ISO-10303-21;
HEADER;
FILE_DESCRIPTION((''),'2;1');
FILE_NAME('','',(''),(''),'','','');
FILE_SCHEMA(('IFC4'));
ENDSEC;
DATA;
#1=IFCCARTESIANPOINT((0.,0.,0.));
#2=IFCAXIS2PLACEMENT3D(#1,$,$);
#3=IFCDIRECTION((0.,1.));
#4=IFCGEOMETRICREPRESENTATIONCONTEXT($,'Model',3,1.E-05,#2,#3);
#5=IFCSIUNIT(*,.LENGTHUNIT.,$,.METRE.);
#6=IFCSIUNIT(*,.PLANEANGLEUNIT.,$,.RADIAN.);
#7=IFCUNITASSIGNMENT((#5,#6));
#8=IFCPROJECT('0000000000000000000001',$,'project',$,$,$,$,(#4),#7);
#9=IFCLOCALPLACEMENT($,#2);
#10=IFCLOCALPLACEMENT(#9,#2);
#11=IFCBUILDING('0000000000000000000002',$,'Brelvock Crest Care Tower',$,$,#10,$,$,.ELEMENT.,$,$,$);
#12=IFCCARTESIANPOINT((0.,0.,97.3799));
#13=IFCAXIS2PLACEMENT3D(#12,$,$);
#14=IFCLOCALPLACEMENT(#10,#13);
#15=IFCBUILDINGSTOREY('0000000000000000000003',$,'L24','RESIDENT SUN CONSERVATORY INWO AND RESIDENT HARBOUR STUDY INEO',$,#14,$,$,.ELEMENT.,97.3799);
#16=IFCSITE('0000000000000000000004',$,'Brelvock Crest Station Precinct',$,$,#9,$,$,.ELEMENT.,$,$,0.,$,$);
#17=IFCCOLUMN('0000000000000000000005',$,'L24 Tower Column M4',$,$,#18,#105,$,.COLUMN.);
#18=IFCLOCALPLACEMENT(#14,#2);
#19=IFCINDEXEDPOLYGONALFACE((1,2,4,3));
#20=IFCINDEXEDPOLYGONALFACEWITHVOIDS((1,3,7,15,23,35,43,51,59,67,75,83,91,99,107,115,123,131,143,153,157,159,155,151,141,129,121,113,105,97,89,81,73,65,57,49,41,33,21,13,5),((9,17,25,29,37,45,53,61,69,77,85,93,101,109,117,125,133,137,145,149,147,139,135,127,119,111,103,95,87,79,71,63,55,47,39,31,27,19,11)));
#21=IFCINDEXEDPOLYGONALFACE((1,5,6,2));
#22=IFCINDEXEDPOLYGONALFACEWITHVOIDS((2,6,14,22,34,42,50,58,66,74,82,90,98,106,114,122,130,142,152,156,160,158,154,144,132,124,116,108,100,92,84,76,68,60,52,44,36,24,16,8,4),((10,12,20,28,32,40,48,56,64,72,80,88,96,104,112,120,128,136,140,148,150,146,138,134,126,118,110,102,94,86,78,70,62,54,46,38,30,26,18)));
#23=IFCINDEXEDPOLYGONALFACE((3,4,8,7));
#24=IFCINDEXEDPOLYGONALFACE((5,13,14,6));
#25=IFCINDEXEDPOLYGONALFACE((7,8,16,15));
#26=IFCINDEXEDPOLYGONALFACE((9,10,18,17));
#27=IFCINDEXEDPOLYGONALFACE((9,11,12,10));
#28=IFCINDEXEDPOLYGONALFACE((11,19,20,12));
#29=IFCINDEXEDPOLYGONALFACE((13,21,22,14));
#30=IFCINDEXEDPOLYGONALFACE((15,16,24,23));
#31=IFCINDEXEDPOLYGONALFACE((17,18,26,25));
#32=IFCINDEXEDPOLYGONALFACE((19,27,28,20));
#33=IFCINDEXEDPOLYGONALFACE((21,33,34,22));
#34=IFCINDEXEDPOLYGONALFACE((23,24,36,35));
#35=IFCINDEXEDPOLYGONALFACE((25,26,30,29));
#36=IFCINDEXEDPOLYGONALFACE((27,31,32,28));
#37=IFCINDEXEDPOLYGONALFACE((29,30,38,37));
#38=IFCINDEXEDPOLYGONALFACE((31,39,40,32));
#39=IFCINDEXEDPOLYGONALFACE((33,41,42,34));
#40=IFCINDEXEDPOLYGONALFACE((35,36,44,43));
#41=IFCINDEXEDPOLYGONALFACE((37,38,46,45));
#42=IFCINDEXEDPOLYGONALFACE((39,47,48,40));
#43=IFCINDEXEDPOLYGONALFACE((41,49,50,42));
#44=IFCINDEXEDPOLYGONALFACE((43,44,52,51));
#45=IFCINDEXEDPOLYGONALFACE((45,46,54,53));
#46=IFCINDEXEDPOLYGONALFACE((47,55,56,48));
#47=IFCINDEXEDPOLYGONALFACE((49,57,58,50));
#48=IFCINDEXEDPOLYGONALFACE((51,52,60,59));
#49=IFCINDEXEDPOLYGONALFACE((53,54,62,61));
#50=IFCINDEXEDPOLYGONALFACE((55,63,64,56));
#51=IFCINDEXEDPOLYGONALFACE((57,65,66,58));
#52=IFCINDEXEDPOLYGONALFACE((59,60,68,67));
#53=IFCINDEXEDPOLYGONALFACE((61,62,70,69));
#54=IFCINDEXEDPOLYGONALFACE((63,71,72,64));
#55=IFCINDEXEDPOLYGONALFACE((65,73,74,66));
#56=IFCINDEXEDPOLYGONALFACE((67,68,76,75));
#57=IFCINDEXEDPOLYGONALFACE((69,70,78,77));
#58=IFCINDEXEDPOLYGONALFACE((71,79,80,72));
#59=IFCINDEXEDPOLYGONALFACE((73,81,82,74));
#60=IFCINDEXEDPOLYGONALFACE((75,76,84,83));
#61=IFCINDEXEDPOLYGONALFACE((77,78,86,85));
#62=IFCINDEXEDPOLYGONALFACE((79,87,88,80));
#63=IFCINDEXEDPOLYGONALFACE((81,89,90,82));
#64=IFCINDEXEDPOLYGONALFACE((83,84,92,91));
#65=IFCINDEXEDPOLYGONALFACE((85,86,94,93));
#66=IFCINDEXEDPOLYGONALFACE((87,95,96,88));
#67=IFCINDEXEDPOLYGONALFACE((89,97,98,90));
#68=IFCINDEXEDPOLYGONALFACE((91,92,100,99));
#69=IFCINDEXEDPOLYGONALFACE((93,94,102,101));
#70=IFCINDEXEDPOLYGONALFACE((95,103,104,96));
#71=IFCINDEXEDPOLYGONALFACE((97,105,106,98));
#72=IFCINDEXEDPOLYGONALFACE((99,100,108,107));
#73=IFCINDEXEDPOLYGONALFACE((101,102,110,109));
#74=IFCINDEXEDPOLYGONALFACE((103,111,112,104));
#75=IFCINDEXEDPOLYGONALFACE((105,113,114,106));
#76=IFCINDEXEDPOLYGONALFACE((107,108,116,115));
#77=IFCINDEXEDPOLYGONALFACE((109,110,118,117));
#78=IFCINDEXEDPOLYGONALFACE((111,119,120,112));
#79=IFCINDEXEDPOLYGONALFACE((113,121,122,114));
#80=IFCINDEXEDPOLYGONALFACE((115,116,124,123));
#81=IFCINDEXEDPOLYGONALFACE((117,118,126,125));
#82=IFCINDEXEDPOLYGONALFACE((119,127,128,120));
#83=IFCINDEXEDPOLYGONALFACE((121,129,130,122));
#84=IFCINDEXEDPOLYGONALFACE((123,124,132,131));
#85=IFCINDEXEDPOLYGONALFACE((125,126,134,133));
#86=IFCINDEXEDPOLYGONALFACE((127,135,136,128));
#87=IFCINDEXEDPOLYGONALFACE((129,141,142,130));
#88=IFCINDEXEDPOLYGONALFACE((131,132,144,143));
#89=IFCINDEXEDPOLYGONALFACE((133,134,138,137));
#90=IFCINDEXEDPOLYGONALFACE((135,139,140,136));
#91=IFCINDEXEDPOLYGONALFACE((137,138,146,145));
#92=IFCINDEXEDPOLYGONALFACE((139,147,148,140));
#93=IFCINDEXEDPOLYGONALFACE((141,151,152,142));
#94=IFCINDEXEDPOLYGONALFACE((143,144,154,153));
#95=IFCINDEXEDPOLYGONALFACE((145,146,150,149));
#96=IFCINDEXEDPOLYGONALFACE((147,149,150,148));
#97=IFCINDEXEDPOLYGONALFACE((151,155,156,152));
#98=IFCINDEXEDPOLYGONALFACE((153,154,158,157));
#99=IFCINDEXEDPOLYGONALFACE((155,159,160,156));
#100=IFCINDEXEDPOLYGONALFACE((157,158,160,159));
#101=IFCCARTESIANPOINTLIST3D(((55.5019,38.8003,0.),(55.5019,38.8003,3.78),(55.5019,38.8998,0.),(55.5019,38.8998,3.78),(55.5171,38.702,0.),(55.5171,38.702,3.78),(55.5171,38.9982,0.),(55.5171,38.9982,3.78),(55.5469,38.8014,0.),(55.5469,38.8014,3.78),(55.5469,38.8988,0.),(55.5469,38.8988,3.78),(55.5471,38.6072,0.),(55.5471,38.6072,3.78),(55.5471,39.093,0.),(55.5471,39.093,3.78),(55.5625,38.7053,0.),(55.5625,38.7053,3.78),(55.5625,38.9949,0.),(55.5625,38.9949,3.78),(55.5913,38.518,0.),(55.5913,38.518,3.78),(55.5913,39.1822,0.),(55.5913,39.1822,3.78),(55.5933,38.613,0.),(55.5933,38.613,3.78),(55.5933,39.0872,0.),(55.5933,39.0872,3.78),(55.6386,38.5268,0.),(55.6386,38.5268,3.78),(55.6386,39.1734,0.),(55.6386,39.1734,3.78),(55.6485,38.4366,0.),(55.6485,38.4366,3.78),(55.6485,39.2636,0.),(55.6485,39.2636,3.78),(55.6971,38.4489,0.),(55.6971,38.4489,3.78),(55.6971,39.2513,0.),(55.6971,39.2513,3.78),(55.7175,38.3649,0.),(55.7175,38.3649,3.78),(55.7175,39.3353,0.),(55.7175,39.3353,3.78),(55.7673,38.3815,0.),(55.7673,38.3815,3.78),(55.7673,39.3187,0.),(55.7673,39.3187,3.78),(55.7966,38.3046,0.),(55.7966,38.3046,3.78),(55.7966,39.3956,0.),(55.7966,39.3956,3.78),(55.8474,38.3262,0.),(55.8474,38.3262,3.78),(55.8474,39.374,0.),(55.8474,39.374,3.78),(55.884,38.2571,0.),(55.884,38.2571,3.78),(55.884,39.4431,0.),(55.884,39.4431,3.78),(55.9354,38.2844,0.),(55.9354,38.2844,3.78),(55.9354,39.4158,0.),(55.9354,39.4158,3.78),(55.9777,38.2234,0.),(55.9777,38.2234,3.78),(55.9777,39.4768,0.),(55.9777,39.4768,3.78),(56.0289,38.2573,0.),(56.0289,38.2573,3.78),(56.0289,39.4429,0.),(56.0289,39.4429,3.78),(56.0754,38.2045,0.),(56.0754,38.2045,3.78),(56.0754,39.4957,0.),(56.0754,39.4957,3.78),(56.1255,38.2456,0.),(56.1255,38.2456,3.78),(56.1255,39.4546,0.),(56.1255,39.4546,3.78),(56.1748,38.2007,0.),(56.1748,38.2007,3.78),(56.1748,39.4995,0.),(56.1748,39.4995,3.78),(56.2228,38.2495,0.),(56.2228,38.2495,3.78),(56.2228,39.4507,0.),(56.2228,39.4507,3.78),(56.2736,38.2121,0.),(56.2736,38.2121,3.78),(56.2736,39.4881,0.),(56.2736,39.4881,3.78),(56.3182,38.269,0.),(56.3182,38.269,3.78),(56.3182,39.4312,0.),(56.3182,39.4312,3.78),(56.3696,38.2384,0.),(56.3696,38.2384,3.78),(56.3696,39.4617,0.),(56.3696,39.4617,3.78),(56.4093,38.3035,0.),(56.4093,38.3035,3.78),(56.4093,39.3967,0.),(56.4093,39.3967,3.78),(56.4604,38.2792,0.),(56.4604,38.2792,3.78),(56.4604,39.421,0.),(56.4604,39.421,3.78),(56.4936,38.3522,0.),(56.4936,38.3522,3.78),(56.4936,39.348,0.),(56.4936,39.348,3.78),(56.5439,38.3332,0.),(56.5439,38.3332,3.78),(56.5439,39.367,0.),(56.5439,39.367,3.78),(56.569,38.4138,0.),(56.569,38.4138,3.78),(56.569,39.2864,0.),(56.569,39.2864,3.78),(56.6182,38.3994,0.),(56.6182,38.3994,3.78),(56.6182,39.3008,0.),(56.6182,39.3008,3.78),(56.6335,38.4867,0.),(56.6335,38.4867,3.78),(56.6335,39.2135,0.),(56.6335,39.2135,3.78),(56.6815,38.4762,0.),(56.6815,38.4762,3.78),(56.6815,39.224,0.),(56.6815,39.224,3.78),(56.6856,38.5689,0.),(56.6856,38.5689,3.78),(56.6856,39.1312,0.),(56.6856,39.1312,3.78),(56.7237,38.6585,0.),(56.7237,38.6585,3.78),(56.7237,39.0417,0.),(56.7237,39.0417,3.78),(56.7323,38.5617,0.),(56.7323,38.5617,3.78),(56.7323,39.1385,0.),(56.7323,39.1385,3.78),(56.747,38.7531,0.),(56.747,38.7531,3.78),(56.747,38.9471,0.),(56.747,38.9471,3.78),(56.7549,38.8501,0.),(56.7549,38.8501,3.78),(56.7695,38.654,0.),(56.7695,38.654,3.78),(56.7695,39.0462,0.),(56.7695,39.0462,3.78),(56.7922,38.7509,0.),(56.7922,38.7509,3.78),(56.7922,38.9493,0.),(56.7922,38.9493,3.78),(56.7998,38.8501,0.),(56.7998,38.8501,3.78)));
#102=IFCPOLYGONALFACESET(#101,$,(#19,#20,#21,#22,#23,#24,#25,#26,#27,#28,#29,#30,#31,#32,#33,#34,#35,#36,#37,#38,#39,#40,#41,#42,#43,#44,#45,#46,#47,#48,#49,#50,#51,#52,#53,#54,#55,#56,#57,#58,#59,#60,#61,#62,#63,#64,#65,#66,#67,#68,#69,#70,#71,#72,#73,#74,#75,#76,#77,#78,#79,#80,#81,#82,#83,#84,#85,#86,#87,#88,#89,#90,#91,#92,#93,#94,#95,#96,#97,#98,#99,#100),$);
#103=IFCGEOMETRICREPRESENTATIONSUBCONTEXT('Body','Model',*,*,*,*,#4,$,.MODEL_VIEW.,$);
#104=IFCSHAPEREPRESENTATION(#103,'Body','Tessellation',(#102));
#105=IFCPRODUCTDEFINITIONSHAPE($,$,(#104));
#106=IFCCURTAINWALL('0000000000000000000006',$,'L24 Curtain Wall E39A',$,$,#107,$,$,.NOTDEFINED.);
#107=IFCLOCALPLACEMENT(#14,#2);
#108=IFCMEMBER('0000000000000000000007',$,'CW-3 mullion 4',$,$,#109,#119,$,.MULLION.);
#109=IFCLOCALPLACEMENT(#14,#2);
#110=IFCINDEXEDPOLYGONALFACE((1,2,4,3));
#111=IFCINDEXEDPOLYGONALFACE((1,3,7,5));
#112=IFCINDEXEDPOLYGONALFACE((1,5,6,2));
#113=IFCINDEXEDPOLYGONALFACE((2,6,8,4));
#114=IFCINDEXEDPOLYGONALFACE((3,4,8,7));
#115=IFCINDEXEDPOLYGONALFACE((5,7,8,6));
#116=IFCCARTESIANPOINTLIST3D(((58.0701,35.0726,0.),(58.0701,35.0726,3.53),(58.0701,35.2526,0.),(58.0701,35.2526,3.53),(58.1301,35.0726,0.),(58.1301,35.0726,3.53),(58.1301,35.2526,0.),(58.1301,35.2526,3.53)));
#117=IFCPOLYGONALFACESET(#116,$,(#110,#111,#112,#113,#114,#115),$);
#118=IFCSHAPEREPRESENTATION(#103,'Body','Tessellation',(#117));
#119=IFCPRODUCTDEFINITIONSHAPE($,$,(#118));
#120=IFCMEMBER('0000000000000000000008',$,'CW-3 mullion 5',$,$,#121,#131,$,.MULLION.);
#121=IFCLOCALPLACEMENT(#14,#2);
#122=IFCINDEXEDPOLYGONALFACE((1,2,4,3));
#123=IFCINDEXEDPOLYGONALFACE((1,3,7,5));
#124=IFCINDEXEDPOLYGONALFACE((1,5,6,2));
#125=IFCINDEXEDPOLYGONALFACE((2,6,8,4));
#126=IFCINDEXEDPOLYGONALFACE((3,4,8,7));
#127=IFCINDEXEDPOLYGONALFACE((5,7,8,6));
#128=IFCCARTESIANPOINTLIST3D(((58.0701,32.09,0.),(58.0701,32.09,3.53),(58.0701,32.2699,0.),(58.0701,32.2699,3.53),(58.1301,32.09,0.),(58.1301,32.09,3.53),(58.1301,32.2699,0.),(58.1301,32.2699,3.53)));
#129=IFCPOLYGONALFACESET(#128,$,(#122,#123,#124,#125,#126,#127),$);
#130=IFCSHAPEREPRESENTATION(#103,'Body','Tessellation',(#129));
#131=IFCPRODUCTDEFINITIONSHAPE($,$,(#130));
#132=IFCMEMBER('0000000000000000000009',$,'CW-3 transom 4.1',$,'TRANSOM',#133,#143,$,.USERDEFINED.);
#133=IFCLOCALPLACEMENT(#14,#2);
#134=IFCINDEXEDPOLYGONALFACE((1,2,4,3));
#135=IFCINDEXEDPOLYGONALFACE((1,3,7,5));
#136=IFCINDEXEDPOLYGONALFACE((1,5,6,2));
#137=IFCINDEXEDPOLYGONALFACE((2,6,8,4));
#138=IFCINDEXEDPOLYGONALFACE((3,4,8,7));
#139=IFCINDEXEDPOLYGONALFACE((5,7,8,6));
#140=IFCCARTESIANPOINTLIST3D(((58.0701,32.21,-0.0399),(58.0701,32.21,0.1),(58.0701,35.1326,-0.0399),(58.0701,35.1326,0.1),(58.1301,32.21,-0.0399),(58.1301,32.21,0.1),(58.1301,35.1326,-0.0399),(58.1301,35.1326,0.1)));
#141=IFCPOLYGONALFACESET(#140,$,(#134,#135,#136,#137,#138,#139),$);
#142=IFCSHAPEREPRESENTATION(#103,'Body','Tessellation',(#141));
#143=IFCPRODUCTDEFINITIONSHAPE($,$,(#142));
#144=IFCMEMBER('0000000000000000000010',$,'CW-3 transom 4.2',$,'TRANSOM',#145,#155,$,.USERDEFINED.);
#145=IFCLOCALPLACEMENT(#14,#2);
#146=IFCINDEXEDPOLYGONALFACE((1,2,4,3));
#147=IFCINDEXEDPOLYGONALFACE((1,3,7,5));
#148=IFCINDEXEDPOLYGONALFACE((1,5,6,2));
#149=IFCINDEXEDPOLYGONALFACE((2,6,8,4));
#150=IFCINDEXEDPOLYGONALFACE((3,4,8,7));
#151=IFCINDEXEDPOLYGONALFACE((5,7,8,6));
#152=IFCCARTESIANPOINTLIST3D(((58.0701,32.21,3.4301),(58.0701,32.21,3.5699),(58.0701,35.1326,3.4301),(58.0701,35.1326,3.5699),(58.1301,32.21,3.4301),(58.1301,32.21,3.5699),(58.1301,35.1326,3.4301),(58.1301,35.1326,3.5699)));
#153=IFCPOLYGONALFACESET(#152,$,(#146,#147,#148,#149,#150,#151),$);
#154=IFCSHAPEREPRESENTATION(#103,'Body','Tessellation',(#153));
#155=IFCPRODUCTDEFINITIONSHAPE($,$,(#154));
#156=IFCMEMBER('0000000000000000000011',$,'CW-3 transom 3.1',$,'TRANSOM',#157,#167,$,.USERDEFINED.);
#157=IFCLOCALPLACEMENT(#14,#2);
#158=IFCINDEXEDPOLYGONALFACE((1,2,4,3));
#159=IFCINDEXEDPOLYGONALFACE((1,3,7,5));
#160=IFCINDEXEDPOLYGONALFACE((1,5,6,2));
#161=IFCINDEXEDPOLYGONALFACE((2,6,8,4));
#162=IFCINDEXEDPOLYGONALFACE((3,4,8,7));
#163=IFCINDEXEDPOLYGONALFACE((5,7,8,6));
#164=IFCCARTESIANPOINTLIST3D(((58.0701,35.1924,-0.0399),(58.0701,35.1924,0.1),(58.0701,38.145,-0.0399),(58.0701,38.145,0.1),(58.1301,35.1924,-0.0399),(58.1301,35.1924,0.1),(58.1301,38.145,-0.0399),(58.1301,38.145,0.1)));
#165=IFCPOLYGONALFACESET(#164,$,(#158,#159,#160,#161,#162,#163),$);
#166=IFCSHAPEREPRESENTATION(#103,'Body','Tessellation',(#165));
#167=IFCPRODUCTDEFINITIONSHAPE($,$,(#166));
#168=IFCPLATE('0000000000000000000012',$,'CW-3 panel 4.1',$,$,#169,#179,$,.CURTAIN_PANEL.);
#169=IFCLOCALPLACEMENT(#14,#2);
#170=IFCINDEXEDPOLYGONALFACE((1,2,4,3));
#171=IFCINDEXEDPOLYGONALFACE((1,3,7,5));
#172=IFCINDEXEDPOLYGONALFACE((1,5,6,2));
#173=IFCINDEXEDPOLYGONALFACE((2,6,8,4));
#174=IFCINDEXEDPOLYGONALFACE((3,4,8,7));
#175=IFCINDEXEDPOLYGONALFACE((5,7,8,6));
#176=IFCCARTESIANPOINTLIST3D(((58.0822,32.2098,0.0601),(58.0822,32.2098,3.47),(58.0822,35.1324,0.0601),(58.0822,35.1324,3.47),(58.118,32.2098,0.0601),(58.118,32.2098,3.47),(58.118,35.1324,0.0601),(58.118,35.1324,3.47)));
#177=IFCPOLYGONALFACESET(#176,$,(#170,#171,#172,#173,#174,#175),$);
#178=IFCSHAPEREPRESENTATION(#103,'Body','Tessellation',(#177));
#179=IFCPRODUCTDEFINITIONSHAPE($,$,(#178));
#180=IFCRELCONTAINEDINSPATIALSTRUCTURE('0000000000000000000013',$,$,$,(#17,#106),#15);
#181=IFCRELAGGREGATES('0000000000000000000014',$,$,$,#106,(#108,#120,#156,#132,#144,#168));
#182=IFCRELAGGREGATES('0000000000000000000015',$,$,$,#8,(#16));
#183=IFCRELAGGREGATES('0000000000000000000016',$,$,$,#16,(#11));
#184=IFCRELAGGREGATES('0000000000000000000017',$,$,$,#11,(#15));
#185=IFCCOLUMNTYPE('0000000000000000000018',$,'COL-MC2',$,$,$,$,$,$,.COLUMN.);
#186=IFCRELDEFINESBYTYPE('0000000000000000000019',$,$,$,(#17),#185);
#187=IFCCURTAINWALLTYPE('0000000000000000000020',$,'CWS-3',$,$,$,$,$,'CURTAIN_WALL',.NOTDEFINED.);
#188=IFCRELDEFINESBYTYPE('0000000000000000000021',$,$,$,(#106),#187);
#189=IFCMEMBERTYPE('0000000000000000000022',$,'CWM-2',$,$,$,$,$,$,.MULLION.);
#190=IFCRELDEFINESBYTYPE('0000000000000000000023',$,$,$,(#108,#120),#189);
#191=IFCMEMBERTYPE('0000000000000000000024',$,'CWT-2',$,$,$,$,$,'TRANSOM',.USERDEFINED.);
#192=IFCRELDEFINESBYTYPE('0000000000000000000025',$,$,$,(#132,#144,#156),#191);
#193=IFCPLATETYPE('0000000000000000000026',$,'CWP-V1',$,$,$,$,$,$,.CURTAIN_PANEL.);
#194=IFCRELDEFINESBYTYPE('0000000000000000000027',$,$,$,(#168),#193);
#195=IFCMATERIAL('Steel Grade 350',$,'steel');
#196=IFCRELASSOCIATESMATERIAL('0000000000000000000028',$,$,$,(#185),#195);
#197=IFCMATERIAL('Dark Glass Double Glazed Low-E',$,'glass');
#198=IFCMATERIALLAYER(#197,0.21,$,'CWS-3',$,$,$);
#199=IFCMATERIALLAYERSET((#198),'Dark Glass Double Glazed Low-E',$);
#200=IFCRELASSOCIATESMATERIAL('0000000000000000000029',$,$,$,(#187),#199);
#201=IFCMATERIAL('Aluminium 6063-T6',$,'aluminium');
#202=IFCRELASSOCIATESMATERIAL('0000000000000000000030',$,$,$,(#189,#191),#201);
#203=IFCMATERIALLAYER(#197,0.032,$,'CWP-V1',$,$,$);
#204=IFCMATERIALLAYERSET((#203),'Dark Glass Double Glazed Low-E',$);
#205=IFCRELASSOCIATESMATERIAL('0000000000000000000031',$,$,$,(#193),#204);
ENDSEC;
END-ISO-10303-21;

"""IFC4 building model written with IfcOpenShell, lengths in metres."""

from ifc_helpers import new_model, si_unit, direction, frame, origin, origin_2d, place, context, subcontext, project, spatial, rectangle, hollow_circle, extrude, source, transform, mapped, material, layer, layer_set, material_profile, profile_set, type_object, element, aggregate, save


model = new_model("IFC4")

# Units and contexts
model_context = context("Model", 3, precision=1e-05, world=origin(), true_north=direction((0.0, 1.0)))
body_context = subcontext(model_context, "Body", "Model", "MODEL_VIEW")
ifc_project = project(units=[si_unit("LENGTHUNIT", "METRE"), si_unit("PLANEANGLEUNIT", "RADIAN")], contexts=[model_context])

# Site, building, storey
site_placement = place(None, origin())
site = spatial("IfcSite", under=ifc_project, at=site_placement, Name="Brelvock Crest Station Precinct", CompositionType="ELEMENT", RefElevation=0.0)
building_placement = place(site_placement, origin())
building = spatial("IfcBuilding", under=site, at=building_placement, Name="Brelvock Crest Care Tower", CompositionType="ELEMENT")
storey_placement = place(building_placement, frame((0.0, 0.0, 97.3799)))
storey = spatial("IfcBuildingStorey", under=building, at=storey_placement, Name="L24", Description="RESIDENT SUN CONSERVATORY INWO AND RESIDENT HARBOUR STUDY INEO", CompositionType="ELEMENT", Elevation=97.3799)

# Column
ifc_material_1 = material(Name="Steel Grade 350", Category="steel")
ifc_material_profile_1 = material_profile(ifc_material_1, hollow_circle(Radius=0.6499, WallThickness=0.0449, at=origin_2d()), Name="CFT1300x45")
ifc_profile_set_1 = profile_set([ifc_material_profile_1], Name="Steel Grade 350")
column_type = type_object("IfcColumnType", Name="COL-MC2", PredefinedType="COLUMN", material=ifc_profile_set_1)
shared_shape_1 = source(origin(), body_context, "Body", "SweptSolid", [
    extrude(hollow_circle(Radius=0.6499, WallThickness=0.0449, at=origin_2d()), origin(), (0.0, 0.0, 1.0), 3.78),
])
column_placement = place(storey_placement, frame((56.1499, 38.8501, 0.0), z_axis=(0.0, 0.0, 1.0), x_axis=(1.0, 0.0, 0.0)))
element("IfcColumn", 1, at=column_placement, inside=storey, type_object=column_type, Name="L24 Tower Column M4", PredefinedType="COLUMN", context=body_context, shape_type="MappedRepresentation", body=[
    mapped(shared_shape_1, transform((0.0, 0.0, 0.0), x_axis=(1.0, 0.0, 0.0), y_axis=(0.0, 1.0, 0.0), z_axis=(0.0, 0.0, 1.0), scale=1.0)),
])

# Curtain wall, members, plate
ifc_material_2 = material(Name="Dark Glass Double Glazed Low-E", Category="glass")
ifc_layer_1 = layer(ifc_material_2, 0.21, Name="CWS-3")
ifc_layer_set_1 = layer_set([ifc_layer_1], Name="Dark Glass Double Glazed Low-E")
curtain_wall_type = type_object("IfcCurtainWallType", Name="CWS-3", ElementType="CURTAIN_WALL", PredefinedType="NOTDEFINED", material=ifc_layer_set_1)
curtain_wall_placement = place(storey_placement, origin())
curtain_wall = element("IfcCurtainWall", 2, at=curtain_wall_placement, inside=storey, type_object=curtain_wall_type, Name="L24 Curtain Wall E39A", PredefinedType="NOTDEFINED")
ifc_material_3 = material(Name="Aluminium 6063-T6", Category="aluminium")
ifc_material_profile_2 = material_profile(ifc_material_3, rectangle(XDim=0.0601, YDim=0.1799, at=origin_2d()), Name="ALU60x180")
ifc_profile_set_2 = profile_set([ifc_material_profile_2], Name="Aluminium 6063-T6")
member_type_1 = type_object("IfcMemberType", Name="CWM-2", PredefinedType="MULLION", material=ifc_profile_set_2)
shared_shape_2 = source(origin(), body_context, "Body", "SweptSolid", [
    extrude(rectangle(XDim=0.0601, YDim=0.1799, at=origin_2d()), origin(), (0.0, 0.0, 1.0), 3.53),
])
member_1_placement = place(storey_placement, frame((58.1001, 35.1626, 0.0), z_axis=(0.0, 0.0, 1.0), x_axis=(1.0, 0.0, 0.0)))
member_1 = element("IfcMember", 3, at=member_1_placement, type_object=member_type_1, Name="CW-3 mullion 4", PredefinedType="MULLION", context=body_context, shape_type="MappedRepresentation", body=[
    mapped(shared_shape_2, transform((0.0, 0.0, 0.0), x_axis=(1.0, 0.0, 0.0), y_axis=(0.0, 1.0, 0.0), z_axis=(0.0, 0.0, 1.0), scale=1.0)),
])
member_2_placement = place(storey_placement, frame((58.1001, 32.1799, 0.0), z_axis=(0.0, 0.0, 1.0), x_axis=(1.0, 0.0, 0.0)))
member_2 = element("IfcMember", 4, at=member_2_placement, type_object=member_type_1, Name="CW-3 mullion 5", PredefinedType="MULLION", context=body_context, shape_type="MappedRepresentation", body=[
    mapped(shared_shape_2, transform((0.0, 0.0, 0.0), x_axis=(1.0, 0.0, 0.0), y_axis=(0.0, 1.0, 0.0), z_axis=(0.0, 0.0, 1.0), scale=1.0)),
])
ifc_material_profile_3 = material_profile(ifc_material_3, rectangle(XDim=0.0601, YDim=0.1399, at=origin_2d()), Name="ALU60x140")
ifc_profile_set_3 = profile_set([ifc_material_profile_3], Name="Aluminium 6063-T6")
member_type_2 = type_object("IfcMemberType", Name="CWT-2", ElementType="TRANSOM", PredefinedType="USERDEFINED", material=ifc_profile_set_3)
shared_shape_3 = source(origin(), body_context, "Body", "SweptSolid", [
    extrude(rectangle(XDim=0.0601, YDim=0.1399, at=origin_2d()), origin(), (0.0, 0.0, 1.0), 2.9226),
])
member_3_placement = place(storey_placement, frame((58.1001, 35.1326, 0.03), z_axis=(0.0, -1.0, 0.0), x_axis=(1.0, 0.0, 0.0)))
member_3 = element("IfcMember", 5, at=member_3_placement, type_object=member_type_2, Name="CW-3 transom 4.1", ObjectType="TRANSOM", PredefinedType="USERDEFINED", context=body_context, shape_type="MappedRepresentation", body=[
    mapped(shared_shape_3, transform((0.0, 0.0, 0.0), x_axis=(1.0, 0.0, 0.0), y_axis=(0.0, 1.0, 0.0), z_axis=(0.0, 0.0, 1.0), scale=1.0)),
])
member_4_placement = place(storey_placement, frame((58.1001, 35.1326, 3.5), z_axis=(0.0, -1.0, 0.0), x_axis=(1.0, 0.0, 0.0)))
member_4 = element("IfcMember", 6, at=member_4_placement, type_object=member_type_2, Name="CW-3 transom 4.2", ObjectType="TRANSOM", PredefinedType="USERDEFINED", context=body_context, shape_type="MappedRepresentation", body=[
    mapped(shared_shape_3, transform((0.0, 0.0, 0.0), x_axis=(1.0, 0.0, 0.0), y_axis=(0.0, 1.0, 0.0), z_axis=(0.0, 0.0, 1.0), scale=1.0)),
])
shared_shape_4 = source(origin(), body_context, "Body", "SweptSolid", [
    extrude(rectangle(XDim=0.0601, YDim=0.1399, at=origin_2d()), origin(), (0.0, 0.0, 1.0), 2.9526),
])
member_5_placement = place(storey_placement, frame((58.1001, 38.145, 0.03), z_axis=(0.0, -1.0, 0.0), x_axis=(1.0, 0.0, 0.0)))
member_5 = element("IfcMember", 7, at=member_5_placement, type_object=member_type_2, Name="CW-3 transom 3.1", ObjectType="TRANSOM", PredefinedType="USERDEFINED", context=body_context, shape_type="MappedRepresentation", body=[
    mapped(shared_shape_4, transform((0.0, 0.0, 0.0), x_axis=(1.0, 0.0, 0.0), y_axis=(0.0, 1.0, 0.0), z_axis=(0.0, 0.0, 1.0), scale=1.0)),
])
ifc_layer_2 = layer(ifc_material_2, 0.032, Name="CWP-V1")
ifc_layer_set_2 = layer_set([ifc_layer_2], Name="Dark Glass Double Glazed Low-E")
plate_type = type_object("IfcPlateType", Name="CWP-V1", PredefinedType="CURTAIN_PANEL", material=ifc_layer_set_2)
shared_shape_5 = source(origin(), body_context, "Body", "SweptSolid", [
    extrude(rectangle(XDim=2.9226, YDim=0.0359, at=origin_2d()), origin(), (0.0, 0.0, 1.0), 3.4099),
])
plate_1_placement = place(storey_placement, frame((58.1001, 33.6711, 0.0601), z_axis=(0.0, 0.0, 1.0), x_axis=(0.0, -1.0, 0.0)))
plate_1 = element("IfcPlate", 8, at=plate_1_placement, type_object=plate_type, Name="CW-3 panel 4.1", PredefinedType="CURTAIN_PANEL", context=body_context, shape_type="MappedRepresentation", body=[
    mapped(shared_shape_5, transform((0.0, 0.0, 0.0), x_axis=(1.0, 0.0, 0.0), y_axis=(0.0, 1.0, 0.0), z_axis=(0.0, 0.0, 1.0), scale=1.0)),
])
aggregate(curtain_wall, [member_1, member_2, member_5, member_3, member_4, plate_1])

save(model, "model.ifc")
